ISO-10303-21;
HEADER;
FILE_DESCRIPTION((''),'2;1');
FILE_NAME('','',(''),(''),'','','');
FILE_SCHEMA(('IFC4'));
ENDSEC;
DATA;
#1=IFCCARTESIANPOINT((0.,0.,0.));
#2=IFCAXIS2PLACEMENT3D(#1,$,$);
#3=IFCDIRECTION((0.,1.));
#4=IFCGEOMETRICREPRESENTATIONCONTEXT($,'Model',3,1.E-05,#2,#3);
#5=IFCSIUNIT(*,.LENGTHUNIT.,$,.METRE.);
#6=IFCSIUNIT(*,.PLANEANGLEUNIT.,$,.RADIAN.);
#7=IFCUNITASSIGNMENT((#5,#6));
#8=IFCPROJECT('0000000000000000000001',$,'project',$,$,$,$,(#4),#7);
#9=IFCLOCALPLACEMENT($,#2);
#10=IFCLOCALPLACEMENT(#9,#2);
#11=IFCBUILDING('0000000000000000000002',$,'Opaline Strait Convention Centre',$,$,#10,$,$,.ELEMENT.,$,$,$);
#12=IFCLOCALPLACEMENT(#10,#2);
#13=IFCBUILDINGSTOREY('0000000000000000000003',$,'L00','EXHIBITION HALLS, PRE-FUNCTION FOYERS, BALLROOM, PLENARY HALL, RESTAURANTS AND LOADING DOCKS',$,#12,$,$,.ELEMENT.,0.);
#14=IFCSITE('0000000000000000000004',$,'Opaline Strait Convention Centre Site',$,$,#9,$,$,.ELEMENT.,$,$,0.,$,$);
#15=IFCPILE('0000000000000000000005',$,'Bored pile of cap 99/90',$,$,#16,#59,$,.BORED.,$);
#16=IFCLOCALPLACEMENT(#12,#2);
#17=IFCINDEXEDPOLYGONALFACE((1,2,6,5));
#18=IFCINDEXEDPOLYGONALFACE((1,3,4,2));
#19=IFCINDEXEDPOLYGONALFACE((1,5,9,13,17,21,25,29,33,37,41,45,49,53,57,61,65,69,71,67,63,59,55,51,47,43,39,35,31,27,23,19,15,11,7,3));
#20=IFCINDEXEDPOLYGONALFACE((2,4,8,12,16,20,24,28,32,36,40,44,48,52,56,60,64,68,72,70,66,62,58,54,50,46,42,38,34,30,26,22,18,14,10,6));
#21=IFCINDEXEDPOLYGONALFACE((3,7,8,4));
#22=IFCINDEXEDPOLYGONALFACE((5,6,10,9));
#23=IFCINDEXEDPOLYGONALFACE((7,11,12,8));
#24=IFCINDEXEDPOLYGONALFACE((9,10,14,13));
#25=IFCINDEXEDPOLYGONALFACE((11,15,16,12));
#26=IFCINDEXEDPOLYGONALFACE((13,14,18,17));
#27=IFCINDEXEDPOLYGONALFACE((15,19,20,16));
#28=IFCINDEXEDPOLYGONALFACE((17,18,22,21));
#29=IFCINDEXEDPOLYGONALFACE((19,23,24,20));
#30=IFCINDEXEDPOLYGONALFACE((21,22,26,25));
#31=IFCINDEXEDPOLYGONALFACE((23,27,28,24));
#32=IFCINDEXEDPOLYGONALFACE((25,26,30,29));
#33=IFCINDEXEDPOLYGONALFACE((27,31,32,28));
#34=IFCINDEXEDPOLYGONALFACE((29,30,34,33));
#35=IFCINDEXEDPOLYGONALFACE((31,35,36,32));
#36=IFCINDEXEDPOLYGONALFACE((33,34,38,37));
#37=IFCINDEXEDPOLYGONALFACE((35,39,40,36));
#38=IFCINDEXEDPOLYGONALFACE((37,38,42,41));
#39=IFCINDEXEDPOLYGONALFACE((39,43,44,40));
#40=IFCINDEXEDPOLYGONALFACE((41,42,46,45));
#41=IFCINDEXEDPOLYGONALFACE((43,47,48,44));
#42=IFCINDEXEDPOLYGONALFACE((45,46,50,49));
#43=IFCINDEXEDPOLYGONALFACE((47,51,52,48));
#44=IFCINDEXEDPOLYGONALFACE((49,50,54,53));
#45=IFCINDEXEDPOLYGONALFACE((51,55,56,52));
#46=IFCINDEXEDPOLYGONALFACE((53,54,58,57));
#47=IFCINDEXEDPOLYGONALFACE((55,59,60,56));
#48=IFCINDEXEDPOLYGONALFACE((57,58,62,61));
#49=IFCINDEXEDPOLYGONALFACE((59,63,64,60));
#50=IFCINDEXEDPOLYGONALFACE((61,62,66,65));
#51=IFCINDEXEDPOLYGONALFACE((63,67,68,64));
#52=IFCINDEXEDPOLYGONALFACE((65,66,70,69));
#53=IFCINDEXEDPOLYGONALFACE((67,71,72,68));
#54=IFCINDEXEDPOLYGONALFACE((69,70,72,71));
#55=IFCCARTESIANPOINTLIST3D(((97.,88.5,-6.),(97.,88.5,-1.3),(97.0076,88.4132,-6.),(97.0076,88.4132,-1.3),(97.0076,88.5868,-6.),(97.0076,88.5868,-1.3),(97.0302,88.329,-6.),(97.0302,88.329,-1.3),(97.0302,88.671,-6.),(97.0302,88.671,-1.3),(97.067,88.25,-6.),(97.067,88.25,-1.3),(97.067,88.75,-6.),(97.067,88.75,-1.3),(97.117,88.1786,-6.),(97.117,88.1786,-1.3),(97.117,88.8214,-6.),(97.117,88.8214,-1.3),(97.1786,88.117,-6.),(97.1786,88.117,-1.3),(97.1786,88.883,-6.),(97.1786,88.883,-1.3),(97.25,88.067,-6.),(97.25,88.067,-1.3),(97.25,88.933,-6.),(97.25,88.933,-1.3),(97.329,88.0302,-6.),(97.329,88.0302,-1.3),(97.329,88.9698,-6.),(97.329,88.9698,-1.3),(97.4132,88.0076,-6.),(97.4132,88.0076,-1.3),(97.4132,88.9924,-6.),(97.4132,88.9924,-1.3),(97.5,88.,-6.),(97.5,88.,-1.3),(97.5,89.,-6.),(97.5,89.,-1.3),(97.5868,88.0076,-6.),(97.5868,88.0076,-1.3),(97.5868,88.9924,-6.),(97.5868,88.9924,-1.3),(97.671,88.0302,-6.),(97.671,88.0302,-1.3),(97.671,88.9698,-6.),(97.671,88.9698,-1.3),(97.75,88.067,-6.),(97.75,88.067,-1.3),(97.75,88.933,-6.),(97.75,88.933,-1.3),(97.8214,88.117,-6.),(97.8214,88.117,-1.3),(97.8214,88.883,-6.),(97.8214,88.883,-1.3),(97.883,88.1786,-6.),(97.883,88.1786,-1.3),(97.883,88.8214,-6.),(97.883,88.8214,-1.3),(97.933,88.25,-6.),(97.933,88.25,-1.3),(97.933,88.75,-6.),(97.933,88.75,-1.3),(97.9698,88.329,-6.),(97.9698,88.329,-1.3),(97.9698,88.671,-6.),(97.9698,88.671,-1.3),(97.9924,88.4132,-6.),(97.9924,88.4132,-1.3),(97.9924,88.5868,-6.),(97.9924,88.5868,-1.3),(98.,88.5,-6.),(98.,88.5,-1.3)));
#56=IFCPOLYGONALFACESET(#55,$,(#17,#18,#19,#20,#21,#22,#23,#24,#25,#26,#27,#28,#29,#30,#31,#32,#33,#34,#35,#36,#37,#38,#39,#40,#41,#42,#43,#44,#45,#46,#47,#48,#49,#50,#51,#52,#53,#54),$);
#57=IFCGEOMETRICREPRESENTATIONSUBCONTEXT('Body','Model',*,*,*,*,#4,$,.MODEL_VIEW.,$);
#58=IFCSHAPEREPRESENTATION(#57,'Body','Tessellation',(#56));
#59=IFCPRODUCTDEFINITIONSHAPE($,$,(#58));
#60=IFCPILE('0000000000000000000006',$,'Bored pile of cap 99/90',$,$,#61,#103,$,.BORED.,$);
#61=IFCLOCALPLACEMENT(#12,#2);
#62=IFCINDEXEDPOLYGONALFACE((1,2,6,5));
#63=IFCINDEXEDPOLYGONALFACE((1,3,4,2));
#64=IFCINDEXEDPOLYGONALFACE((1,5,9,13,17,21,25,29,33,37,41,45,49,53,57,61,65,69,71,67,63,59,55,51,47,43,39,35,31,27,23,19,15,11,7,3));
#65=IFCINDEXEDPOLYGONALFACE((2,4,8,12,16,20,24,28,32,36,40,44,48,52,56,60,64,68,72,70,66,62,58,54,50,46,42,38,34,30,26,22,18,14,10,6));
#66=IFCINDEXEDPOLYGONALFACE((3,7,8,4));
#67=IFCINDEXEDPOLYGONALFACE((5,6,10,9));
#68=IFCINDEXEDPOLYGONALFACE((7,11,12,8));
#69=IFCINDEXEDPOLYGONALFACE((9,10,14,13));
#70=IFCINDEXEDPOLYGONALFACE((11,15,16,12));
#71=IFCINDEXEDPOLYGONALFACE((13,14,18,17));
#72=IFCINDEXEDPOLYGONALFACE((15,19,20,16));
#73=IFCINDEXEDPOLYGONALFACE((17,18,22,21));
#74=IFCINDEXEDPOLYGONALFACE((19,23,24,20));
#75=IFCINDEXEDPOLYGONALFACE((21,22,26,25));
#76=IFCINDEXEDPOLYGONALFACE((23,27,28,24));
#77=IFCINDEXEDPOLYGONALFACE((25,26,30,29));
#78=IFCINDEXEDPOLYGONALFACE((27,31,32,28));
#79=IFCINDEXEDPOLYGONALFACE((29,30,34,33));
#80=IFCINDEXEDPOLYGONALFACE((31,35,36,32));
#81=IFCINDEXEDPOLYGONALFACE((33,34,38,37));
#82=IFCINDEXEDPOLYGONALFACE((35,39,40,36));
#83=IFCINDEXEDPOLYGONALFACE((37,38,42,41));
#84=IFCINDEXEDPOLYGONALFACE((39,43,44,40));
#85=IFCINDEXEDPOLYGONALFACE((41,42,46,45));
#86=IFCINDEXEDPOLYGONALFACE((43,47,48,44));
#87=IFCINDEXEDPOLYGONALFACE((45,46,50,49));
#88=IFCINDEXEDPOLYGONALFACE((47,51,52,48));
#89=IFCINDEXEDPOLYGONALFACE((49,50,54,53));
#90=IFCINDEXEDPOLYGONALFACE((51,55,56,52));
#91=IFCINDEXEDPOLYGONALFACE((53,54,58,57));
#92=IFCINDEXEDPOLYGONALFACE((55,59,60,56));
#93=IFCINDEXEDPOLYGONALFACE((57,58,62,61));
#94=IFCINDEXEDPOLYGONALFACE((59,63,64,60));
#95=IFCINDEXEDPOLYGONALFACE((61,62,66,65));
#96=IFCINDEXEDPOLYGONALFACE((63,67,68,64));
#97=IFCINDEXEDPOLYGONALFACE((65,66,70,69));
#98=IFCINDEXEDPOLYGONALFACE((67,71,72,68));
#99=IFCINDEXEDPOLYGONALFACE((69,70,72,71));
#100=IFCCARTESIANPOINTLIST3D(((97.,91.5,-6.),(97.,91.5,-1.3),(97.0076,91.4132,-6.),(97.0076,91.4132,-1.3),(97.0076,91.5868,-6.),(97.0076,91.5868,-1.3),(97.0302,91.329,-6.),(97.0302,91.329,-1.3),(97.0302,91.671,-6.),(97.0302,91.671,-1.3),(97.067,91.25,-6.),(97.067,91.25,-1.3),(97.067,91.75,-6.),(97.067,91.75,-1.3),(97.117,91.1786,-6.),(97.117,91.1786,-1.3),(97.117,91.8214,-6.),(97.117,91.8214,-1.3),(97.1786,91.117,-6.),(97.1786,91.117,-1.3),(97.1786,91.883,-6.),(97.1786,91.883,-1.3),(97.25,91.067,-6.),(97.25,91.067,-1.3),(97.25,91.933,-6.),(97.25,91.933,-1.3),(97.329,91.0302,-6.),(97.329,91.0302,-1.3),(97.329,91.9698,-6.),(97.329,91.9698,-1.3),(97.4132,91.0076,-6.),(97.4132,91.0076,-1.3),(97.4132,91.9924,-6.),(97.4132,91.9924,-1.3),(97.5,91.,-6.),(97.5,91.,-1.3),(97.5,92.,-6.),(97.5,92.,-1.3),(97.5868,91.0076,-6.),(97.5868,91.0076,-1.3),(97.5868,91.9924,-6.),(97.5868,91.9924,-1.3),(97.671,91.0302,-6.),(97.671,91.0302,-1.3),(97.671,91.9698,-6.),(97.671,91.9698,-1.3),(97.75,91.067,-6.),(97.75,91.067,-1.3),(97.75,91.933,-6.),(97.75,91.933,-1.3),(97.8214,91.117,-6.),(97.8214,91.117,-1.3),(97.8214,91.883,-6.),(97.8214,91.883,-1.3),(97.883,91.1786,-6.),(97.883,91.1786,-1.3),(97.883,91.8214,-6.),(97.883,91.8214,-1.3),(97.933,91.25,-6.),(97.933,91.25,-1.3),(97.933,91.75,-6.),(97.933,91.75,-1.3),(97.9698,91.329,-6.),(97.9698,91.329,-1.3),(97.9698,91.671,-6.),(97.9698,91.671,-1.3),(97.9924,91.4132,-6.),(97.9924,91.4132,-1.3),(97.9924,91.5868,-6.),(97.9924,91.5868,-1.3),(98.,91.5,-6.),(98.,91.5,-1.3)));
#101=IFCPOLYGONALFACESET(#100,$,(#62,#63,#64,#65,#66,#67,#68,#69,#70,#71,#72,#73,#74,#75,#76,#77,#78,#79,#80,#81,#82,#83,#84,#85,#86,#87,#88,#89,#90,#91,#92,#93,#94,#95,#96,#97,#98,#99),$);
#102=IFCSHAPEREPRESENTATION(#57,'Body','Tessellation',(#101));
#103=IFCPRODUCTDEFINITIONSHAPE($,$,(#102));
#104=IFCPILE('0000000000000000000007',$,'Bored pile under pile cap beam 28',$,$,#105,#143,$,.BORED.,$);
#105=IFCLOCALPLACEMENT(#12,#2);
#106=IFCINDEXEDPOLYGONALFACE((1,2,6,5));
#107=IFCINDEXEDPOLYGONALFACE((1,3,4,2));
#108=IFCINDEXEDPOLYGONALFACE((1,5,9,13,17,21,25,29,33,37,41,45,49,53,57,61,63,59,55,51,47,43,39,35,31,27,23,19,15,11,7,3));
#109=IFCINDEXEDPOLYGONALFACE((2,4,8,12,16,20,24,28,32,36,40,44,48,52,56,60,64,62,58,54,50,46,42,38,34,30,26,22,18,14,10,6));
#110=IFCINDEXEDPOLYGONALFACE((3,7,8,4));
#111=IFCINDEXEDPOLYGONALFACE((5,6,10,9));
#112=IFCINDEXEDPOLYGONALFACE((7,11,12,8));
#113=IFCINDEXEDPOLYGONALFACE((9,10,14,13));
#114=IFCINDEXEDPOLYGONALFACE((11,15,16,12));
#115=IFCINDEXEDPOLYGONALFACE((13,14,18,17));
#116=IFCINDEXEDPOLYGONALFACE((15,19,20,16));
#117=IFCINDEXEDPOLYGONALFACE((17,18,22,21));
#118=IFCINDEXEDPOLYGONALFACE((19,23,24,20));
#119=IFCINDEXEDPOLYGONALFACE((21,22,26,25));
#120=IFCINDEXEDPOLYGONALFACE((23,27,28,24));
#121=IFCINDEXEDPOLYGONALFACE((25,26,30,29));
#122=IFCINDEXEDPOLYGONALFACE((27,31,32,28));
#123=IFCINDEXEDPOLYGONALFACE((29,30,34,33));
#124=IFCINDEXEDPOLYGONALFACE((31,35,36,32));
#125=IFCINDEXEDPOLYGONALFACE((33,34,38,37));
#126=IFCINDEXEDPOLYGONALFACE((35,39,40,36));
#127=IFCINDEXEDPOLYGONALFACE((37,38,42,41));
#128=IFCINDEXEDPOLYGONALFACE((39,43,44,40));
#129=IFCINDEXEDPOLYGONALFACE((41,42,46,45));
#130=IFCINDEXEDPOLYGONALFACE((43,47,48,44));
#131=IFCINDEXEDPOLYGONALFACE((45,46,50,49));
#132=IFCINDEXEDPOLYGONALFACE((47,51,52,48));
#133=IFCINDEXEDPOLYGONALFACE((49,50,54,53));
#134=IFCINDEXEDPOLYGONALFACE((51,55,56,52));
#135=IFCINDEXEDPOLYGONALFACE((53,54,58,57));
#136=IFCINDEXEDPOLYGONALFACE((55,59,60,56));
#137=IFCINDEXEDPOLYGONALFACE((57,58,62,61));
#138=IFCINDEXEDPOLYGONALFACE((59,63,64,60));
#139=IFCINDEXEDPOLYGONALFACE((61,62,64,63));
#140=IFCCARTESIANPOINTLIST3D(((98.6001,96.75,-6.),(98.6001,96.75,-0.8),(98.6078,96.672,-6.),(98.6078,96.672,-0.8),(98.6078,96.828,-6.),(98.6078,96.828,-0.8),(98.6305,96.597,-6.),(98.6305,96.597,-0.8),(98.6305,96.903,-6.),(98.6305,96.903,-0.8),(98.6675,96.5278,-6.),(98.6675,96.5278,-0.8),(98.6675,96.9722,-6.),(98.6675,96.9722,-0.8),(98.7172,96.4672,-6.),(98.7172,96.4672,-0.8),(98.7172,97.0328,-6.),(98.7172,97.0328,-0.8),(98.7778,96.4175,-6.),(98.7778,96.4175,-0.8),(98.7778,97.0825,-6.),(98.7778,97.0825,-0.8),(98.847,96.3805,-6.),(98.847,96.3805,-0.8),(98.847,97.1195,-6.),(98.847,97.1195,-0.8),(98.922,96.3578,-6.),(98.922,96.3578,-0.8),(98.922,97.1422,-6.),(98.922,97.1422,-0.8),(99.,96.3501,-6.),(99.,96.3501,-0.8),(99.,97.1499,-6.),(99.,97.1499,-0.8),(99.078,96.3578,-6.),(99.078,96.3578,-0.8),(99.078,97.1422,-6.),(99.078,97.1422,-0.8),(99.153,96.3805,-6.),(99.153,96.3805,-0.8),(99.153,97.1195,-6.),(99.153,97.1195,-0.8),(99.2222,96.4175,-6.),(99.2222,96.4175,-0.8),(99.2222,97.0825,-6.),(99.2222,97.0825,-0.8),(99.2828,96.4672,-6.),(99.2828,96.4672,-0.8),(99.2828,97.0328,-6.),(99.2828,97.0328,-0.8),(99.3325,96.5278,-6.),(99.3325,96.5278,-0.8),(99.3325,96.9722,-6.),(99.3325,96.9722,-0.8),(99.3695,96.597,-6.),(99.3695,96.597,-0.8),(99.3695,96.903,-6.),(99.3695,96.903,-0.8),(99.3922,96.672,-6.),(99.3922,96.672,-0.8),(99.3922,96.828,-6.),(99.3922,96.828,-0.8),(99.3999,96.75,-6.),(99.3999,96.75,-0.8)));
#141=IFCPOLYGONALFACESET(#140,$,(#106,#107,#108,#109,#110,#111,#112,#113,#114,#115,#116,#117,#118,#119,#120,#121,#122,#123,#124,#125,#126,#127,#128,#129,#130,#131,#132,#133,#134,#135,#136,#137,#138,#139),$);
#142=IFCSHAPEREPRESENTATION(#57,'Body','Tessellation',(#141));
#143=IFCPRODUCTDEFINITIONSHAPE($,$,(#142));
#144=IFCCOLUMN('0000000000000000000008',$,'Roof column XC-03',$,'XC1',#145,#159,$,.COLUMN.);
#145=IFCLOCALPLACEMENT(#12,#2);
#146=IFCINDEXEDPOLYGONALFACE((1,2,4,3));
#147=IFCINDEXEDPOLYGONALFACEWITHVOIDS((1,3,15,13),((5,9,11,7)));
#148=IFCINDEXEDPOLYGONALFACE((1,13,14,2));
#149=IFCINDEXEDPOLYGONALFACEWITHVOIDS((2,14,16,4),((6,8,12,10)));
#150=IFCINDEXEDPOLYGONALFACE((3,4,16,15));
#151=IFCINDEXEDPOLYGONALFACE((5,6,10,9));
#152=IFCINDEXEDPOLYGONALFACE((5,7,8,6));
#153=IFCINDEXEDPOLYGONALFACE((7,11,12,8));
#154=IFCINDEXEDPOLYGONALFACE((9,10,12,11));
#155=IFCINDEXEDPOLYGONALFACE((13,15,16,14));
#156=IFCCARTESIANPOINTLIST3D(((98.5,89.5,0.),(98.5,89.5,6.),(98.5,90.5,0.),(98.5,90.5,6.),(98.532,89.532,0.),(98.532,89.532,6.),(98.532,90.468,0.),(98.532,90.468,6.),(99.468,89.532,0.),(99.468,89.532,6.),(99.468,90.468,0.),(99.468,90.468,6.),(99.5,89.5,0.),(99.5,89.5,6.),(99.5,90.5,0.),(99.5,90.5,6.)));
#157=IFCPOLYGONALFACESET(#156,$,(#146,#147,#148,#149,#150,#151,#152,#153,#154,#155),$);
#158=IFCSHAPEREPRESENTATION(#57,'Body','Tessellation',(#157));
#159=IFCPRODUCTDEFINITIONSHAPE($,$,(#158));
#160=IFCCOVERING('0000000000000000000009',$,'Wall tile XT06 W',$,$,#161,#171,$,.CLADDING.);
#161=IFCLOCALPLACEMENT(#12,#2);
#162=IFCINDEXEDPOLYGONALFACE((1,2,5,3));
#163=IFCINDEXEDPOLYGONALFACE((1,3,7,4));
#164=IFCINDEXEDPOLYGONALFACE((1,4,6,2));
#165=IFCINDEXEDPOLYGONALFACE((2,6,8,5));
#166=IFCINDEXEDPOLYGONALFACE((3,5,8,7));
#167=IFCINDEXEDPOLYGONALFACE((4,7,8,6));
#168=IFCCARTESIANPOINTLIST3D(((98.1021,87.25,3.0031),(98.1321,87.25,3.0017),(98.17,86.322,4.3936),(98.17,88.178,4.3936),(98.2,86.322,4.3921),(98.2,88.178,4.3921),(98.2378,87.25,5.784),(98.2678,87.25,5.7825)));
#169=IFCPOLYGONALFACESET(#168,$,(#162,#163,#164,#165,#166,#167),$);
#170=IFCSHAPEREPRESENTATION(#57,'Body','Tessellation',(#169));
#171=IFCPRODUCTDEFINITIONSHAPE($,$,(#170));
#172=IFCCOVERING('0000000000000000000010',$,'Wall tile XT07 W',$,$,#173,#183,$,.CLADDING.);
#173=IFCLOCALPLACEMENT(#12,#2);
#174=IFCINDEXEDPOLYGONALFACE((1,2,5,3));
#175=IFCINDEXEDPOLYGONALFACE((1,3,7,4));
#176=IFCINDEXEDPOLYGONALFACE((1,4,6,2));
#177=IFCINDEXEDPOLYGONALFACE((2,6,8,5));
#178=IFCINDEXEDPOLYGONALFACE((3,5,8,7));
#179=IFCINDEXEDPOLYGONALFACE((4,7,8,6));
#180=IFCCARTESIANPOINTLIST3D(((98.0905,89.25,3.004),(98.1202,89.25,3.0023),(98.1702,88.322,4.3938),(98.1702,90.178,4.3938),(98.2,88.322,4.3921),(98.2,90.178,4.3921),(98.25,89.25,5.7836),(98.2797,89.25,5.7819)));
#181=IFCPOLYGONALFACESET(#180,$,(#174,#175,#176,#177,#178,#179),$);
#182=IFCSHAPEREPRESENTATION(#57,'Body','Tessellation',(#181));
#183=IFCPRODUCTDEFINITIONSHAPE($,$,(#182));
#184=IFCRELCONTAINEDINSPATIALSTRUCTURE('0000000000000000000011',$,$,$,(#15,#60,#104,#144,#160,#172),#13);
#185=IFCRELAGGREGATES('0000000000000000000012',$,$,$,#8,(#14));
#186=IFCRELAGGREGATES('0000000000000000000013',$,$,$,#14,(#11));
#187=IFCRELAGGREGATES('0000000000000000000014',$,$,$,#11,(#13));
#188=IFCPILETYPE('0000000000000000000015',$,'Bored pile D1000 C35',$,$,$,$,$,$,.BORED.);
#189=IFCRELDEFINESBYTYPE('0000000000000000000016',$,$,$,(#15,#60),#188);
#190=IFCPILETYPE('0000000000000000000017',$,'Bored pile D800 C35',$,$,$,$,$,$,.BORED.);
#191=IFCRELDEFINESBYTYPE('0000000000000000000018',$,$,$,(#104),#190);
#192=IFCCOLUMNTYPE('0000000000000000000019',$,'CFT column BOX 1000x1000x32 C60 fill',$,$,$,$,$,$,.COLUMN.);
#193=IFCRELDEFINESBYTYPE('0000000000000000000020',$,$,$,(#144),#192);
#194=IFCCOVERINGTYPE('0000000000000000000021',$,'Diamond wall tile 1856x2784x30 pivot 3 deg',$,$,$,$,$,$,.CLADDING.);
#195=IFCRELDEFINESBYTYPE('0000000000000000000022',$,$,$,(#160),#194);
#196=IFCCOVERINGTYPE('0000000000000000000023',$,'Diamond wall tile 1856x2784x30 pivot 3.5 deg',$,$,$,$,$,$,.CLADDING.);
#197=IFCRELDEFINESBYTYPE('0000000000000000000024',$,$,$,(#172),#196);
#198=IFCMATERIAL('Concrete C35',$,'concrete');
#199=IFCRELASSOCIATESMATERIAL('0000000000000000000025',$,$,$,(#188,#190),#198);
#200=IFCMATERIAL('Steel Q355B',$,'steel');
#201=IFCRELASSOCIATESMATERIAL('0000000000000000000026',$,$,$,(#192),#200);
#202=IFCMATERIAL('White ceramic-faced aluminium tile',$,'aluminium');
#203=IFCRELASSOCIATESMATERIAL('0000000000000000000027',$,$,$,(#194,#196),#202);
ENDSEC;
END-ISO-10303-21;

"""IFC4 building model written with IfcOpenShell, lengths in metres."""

from ifc_helpers import new_model, si_unit, direction, frame, origin, origin_2d, place, context, subcontext, project, spatial, polyline, hollow_rectangle, circle, outline, extrude, material, material_profile, profile_set, type_object, element, save


model = new_model("IFC4")

# Units and contexts
model_context = context("Model", 3, precision=1e-05, world=origin(), true_north=direction((0.0, 1.0)))
body_context = subcontext(model_context, "Body", "Model", "MODEL_VIEW")
ifc_project = project(units=[si_unit("LENGTHUNIT", "METRE"), si_unit("PLANEANGLEUNIT", "RADIAN")], contexts=[model_context])

# Site, building, storey
site_placement = place(None, origin())
site = spatial("IfcSite", under=ifc_project, at=site_placement, Name="Opaline Strait Convention Centre Site", CompositionType="ELEMENT", RefElevation=0.0)
building_placement = place(site_placement, origin())
building = spatial("IfcBuilding", under=site, at=building_placement, Name="Opaline Strait Convention Centre", CompositionType="ELEMENT")
storey_placement = place(building_placement, origin())
storey = spatial("IfcBuildingStorey", under=building, at=storey_placement, Name="L00", Description="EXHIBITION HALLS, PRE-FUNCTION FOYERS, BALLROOM, PLENARY HALL, RESTAURANTS AND LOADING DOCKS", CompositionType="ELEMENT", Elevation=0.0)

# Piles
ifc_material_1 = material(Name="Concrete C35", Category="concrete")
ifc_material_profile_1 = material_profile(ifc_material_1, circle(Radius=0.5, at=origin_2d()), Name="D1000")
ifc_profile_set_1 = profile_set([ifc_material_profile_1], Name="Concrete C35")
pile_type_1 = type_object("IfcPileType", Name="Bored pile D1000 C35", PredefinedType="BORED", material=ifc_profile_set_1)
for number, where, z_axis, x_axis, name in (
    (1, (97.5, 88.5, -1.3), (0.0, 0.0, -1.0), (1.0, 0.0, 0.0), "Bored pile of cap 99/90"),
    (2, (97.5, 91.5, -1.3), (0.0, 0.0, -1.0), (1.0, 0.0, 0.0), "Bored pile of cap 99/90"),
):
    element("IfcPile", number, at=place(storey_placement, frame(where, z_axis=z_axis, x_axis=x_axis)), inside=storey, type_object=pile_type_1, Name=name, PredefinedType="BORED", context=body_context, shape_type="SweptSolid", body=[
        extrude(circle(Radius=0.5, at=origin_2d()), origin(), (0.0, 0.0, 1.0), 4.7),
    ])
ifc_material_profile_2 = material_profile(ifc_material_1, circle(Radius=0.3999, at=origin_2d()), Name="D800")
ifc_profile_set_2 = profile_set([ifc_material_profile_2], Name="Concrete C35")
pile_type_2 = type_object("IfcPileType", Name="Bored pile D800 C35", PredefinedType="BORED", material=ifc_profile_set_2)
pile_placement = place(storey_placement, frame((99.0, 96.75, -0.8), z_axis=(0.0, 0.0, -1.0), x_axis=(1.0, 0.0, 0.0)))
element("IfcPile", 3, at=pile_placement, inside=storey, type_object=pile_type_2, Name="Bored pile under pile cap beam 28", PredefinedType="BORED", context=body_context, shape_type="SweptSolid", body=[
    extrude(circle(Radius=0.3999, at=origin_2d()), origin(), (0.0, 0.0, 1.0), 5.2),
])

# Column
ifc_material_2 = material(Name="Steel Q355B", Category="steel")
ifc_material_profile_3 = material_profile(ifc_material_2, hollow_rectangle(XDim=1.0, YDim=1.0, WallThickness=0.032, at=origin_2d()), Name="BOX 1000x1000x32")
ifc_profile_set_3 = profile_set([ifc_material_profile_3], Name="Steel Q355B")
column_type = type_object("IfcColumnType", Name="CFT column BOX 1000x1000x32 C60 fill", PredefinedType="COLUMN", material=ifc_profile_set_3)
column_placement = place(storey_placement, frame((99.0, 90.0, 0.0), z_axis=(0.0, 0.0, 1.0), x_axis=(1.0, 0.0, 0.0)))
element("IfcColumn", 4, at=column_placement, inside=storey, type_object=column_type, Name="Roof column XC-03", ObjectType="XC1", PredefinedType="COLUMN", context=body_context, shape_type="SweptSolid", body=[
    extrude(hollow_rectangle(XDim=1.0, YDim=1.0, WallThickness=0.032, at=origin_2d()), origin(), (0.0, 0.0, 1.0), 6.0),
])

# Coverings
ifc_material_3 = material(Name="White ceramic-faced aluminium tile", Category="aluminium")
ifc_material_profile_4 = material_profile(ifc_material_3, outline(polyline([(0.928, 0.0), (0.0, 1.3921), (-0.928, 0.0), (0.0, -1.3921), (0.928, 0.0)])), Name="Diamond tile 1856x2784")
ifc_profile_set_4 = profile_set([ifc_material_profile_4], Name="White ceramic-faced aluminium tile")
covering_type_1 = type_object("IfcCoveringType", Name="Diamond wall tile 1856x2784x30 pivot 3 deg", PredefinedType="CLADDING", material=ifc_profile_set_4)
covering_1_placement = place(storey_placement, frame((98.2, 87.25, 4.3921), z_axis=(-0.998812, 0.0, 0.048723), x_axis=(0.0, -1.0, 0.0)))
element("IfcCovering", 5, at=covering_1_placement, inside=storey, type_object=covering_type_1, Name="Wall tile XT06 W", PredefinedType="CLADDING", context=body_context, shape_type="SweptSolid", body=[
    extrude(outline(polyline([(0.928, 0.0), (0.0, 1.3921), (-0.928, 0.0), (0.0, -1.3921), (0.928, 0.0)])), origin(), (0.0, 0.0, 1.0), 0.03),
])
ifc_material_profile_5 = material_profile(ifc_material_3, outline(polyline([(0.928, 0.0), (0.0, 1.3921), (-0.928, 0.0), (0.0, -1.3921), (0.928, 0.0)])), Name="Diamond tile 1856x2784")
ifc_profile_set_5 = profile_set([ifc_material_profile_5], Name="White ceramic-faced aluminium tile")
covering_type_2 = type_object("IfcCoveringType", Name="Diamond wall tile 1856x2784x30 pivot 3.5 deg", PredefinedType="CLADDING", material=ifc_profile_set_5)
for number, where, z_axis, x_axis, name in (
    (6, (98.2, 89.25, 4.3921), (-0.998358, 0.0, 0.057283), (0.0, -1.0, 0.0), "Wall tile XT07 W"),
):
    element("IfcCovering", number, at=place(storey_placement, frame(where, z_axis=z_axis, x_axis=x_axis)), inside=storey, type_object=covering_type_2, Name=name, PredefinedType="CLADDING", context=body_context, shape_type="SweptSolid", body=[
        extrude(outline(polyline([(0.928, 0.0), (0.0, 1.3921), (-0.928, 0.0), (0.0, -1.3921), (0.928, 0.0)])), origin(), (0.0, 0.0, 1.0), 0.0298),
    ])

save(model, "model.ifc")
